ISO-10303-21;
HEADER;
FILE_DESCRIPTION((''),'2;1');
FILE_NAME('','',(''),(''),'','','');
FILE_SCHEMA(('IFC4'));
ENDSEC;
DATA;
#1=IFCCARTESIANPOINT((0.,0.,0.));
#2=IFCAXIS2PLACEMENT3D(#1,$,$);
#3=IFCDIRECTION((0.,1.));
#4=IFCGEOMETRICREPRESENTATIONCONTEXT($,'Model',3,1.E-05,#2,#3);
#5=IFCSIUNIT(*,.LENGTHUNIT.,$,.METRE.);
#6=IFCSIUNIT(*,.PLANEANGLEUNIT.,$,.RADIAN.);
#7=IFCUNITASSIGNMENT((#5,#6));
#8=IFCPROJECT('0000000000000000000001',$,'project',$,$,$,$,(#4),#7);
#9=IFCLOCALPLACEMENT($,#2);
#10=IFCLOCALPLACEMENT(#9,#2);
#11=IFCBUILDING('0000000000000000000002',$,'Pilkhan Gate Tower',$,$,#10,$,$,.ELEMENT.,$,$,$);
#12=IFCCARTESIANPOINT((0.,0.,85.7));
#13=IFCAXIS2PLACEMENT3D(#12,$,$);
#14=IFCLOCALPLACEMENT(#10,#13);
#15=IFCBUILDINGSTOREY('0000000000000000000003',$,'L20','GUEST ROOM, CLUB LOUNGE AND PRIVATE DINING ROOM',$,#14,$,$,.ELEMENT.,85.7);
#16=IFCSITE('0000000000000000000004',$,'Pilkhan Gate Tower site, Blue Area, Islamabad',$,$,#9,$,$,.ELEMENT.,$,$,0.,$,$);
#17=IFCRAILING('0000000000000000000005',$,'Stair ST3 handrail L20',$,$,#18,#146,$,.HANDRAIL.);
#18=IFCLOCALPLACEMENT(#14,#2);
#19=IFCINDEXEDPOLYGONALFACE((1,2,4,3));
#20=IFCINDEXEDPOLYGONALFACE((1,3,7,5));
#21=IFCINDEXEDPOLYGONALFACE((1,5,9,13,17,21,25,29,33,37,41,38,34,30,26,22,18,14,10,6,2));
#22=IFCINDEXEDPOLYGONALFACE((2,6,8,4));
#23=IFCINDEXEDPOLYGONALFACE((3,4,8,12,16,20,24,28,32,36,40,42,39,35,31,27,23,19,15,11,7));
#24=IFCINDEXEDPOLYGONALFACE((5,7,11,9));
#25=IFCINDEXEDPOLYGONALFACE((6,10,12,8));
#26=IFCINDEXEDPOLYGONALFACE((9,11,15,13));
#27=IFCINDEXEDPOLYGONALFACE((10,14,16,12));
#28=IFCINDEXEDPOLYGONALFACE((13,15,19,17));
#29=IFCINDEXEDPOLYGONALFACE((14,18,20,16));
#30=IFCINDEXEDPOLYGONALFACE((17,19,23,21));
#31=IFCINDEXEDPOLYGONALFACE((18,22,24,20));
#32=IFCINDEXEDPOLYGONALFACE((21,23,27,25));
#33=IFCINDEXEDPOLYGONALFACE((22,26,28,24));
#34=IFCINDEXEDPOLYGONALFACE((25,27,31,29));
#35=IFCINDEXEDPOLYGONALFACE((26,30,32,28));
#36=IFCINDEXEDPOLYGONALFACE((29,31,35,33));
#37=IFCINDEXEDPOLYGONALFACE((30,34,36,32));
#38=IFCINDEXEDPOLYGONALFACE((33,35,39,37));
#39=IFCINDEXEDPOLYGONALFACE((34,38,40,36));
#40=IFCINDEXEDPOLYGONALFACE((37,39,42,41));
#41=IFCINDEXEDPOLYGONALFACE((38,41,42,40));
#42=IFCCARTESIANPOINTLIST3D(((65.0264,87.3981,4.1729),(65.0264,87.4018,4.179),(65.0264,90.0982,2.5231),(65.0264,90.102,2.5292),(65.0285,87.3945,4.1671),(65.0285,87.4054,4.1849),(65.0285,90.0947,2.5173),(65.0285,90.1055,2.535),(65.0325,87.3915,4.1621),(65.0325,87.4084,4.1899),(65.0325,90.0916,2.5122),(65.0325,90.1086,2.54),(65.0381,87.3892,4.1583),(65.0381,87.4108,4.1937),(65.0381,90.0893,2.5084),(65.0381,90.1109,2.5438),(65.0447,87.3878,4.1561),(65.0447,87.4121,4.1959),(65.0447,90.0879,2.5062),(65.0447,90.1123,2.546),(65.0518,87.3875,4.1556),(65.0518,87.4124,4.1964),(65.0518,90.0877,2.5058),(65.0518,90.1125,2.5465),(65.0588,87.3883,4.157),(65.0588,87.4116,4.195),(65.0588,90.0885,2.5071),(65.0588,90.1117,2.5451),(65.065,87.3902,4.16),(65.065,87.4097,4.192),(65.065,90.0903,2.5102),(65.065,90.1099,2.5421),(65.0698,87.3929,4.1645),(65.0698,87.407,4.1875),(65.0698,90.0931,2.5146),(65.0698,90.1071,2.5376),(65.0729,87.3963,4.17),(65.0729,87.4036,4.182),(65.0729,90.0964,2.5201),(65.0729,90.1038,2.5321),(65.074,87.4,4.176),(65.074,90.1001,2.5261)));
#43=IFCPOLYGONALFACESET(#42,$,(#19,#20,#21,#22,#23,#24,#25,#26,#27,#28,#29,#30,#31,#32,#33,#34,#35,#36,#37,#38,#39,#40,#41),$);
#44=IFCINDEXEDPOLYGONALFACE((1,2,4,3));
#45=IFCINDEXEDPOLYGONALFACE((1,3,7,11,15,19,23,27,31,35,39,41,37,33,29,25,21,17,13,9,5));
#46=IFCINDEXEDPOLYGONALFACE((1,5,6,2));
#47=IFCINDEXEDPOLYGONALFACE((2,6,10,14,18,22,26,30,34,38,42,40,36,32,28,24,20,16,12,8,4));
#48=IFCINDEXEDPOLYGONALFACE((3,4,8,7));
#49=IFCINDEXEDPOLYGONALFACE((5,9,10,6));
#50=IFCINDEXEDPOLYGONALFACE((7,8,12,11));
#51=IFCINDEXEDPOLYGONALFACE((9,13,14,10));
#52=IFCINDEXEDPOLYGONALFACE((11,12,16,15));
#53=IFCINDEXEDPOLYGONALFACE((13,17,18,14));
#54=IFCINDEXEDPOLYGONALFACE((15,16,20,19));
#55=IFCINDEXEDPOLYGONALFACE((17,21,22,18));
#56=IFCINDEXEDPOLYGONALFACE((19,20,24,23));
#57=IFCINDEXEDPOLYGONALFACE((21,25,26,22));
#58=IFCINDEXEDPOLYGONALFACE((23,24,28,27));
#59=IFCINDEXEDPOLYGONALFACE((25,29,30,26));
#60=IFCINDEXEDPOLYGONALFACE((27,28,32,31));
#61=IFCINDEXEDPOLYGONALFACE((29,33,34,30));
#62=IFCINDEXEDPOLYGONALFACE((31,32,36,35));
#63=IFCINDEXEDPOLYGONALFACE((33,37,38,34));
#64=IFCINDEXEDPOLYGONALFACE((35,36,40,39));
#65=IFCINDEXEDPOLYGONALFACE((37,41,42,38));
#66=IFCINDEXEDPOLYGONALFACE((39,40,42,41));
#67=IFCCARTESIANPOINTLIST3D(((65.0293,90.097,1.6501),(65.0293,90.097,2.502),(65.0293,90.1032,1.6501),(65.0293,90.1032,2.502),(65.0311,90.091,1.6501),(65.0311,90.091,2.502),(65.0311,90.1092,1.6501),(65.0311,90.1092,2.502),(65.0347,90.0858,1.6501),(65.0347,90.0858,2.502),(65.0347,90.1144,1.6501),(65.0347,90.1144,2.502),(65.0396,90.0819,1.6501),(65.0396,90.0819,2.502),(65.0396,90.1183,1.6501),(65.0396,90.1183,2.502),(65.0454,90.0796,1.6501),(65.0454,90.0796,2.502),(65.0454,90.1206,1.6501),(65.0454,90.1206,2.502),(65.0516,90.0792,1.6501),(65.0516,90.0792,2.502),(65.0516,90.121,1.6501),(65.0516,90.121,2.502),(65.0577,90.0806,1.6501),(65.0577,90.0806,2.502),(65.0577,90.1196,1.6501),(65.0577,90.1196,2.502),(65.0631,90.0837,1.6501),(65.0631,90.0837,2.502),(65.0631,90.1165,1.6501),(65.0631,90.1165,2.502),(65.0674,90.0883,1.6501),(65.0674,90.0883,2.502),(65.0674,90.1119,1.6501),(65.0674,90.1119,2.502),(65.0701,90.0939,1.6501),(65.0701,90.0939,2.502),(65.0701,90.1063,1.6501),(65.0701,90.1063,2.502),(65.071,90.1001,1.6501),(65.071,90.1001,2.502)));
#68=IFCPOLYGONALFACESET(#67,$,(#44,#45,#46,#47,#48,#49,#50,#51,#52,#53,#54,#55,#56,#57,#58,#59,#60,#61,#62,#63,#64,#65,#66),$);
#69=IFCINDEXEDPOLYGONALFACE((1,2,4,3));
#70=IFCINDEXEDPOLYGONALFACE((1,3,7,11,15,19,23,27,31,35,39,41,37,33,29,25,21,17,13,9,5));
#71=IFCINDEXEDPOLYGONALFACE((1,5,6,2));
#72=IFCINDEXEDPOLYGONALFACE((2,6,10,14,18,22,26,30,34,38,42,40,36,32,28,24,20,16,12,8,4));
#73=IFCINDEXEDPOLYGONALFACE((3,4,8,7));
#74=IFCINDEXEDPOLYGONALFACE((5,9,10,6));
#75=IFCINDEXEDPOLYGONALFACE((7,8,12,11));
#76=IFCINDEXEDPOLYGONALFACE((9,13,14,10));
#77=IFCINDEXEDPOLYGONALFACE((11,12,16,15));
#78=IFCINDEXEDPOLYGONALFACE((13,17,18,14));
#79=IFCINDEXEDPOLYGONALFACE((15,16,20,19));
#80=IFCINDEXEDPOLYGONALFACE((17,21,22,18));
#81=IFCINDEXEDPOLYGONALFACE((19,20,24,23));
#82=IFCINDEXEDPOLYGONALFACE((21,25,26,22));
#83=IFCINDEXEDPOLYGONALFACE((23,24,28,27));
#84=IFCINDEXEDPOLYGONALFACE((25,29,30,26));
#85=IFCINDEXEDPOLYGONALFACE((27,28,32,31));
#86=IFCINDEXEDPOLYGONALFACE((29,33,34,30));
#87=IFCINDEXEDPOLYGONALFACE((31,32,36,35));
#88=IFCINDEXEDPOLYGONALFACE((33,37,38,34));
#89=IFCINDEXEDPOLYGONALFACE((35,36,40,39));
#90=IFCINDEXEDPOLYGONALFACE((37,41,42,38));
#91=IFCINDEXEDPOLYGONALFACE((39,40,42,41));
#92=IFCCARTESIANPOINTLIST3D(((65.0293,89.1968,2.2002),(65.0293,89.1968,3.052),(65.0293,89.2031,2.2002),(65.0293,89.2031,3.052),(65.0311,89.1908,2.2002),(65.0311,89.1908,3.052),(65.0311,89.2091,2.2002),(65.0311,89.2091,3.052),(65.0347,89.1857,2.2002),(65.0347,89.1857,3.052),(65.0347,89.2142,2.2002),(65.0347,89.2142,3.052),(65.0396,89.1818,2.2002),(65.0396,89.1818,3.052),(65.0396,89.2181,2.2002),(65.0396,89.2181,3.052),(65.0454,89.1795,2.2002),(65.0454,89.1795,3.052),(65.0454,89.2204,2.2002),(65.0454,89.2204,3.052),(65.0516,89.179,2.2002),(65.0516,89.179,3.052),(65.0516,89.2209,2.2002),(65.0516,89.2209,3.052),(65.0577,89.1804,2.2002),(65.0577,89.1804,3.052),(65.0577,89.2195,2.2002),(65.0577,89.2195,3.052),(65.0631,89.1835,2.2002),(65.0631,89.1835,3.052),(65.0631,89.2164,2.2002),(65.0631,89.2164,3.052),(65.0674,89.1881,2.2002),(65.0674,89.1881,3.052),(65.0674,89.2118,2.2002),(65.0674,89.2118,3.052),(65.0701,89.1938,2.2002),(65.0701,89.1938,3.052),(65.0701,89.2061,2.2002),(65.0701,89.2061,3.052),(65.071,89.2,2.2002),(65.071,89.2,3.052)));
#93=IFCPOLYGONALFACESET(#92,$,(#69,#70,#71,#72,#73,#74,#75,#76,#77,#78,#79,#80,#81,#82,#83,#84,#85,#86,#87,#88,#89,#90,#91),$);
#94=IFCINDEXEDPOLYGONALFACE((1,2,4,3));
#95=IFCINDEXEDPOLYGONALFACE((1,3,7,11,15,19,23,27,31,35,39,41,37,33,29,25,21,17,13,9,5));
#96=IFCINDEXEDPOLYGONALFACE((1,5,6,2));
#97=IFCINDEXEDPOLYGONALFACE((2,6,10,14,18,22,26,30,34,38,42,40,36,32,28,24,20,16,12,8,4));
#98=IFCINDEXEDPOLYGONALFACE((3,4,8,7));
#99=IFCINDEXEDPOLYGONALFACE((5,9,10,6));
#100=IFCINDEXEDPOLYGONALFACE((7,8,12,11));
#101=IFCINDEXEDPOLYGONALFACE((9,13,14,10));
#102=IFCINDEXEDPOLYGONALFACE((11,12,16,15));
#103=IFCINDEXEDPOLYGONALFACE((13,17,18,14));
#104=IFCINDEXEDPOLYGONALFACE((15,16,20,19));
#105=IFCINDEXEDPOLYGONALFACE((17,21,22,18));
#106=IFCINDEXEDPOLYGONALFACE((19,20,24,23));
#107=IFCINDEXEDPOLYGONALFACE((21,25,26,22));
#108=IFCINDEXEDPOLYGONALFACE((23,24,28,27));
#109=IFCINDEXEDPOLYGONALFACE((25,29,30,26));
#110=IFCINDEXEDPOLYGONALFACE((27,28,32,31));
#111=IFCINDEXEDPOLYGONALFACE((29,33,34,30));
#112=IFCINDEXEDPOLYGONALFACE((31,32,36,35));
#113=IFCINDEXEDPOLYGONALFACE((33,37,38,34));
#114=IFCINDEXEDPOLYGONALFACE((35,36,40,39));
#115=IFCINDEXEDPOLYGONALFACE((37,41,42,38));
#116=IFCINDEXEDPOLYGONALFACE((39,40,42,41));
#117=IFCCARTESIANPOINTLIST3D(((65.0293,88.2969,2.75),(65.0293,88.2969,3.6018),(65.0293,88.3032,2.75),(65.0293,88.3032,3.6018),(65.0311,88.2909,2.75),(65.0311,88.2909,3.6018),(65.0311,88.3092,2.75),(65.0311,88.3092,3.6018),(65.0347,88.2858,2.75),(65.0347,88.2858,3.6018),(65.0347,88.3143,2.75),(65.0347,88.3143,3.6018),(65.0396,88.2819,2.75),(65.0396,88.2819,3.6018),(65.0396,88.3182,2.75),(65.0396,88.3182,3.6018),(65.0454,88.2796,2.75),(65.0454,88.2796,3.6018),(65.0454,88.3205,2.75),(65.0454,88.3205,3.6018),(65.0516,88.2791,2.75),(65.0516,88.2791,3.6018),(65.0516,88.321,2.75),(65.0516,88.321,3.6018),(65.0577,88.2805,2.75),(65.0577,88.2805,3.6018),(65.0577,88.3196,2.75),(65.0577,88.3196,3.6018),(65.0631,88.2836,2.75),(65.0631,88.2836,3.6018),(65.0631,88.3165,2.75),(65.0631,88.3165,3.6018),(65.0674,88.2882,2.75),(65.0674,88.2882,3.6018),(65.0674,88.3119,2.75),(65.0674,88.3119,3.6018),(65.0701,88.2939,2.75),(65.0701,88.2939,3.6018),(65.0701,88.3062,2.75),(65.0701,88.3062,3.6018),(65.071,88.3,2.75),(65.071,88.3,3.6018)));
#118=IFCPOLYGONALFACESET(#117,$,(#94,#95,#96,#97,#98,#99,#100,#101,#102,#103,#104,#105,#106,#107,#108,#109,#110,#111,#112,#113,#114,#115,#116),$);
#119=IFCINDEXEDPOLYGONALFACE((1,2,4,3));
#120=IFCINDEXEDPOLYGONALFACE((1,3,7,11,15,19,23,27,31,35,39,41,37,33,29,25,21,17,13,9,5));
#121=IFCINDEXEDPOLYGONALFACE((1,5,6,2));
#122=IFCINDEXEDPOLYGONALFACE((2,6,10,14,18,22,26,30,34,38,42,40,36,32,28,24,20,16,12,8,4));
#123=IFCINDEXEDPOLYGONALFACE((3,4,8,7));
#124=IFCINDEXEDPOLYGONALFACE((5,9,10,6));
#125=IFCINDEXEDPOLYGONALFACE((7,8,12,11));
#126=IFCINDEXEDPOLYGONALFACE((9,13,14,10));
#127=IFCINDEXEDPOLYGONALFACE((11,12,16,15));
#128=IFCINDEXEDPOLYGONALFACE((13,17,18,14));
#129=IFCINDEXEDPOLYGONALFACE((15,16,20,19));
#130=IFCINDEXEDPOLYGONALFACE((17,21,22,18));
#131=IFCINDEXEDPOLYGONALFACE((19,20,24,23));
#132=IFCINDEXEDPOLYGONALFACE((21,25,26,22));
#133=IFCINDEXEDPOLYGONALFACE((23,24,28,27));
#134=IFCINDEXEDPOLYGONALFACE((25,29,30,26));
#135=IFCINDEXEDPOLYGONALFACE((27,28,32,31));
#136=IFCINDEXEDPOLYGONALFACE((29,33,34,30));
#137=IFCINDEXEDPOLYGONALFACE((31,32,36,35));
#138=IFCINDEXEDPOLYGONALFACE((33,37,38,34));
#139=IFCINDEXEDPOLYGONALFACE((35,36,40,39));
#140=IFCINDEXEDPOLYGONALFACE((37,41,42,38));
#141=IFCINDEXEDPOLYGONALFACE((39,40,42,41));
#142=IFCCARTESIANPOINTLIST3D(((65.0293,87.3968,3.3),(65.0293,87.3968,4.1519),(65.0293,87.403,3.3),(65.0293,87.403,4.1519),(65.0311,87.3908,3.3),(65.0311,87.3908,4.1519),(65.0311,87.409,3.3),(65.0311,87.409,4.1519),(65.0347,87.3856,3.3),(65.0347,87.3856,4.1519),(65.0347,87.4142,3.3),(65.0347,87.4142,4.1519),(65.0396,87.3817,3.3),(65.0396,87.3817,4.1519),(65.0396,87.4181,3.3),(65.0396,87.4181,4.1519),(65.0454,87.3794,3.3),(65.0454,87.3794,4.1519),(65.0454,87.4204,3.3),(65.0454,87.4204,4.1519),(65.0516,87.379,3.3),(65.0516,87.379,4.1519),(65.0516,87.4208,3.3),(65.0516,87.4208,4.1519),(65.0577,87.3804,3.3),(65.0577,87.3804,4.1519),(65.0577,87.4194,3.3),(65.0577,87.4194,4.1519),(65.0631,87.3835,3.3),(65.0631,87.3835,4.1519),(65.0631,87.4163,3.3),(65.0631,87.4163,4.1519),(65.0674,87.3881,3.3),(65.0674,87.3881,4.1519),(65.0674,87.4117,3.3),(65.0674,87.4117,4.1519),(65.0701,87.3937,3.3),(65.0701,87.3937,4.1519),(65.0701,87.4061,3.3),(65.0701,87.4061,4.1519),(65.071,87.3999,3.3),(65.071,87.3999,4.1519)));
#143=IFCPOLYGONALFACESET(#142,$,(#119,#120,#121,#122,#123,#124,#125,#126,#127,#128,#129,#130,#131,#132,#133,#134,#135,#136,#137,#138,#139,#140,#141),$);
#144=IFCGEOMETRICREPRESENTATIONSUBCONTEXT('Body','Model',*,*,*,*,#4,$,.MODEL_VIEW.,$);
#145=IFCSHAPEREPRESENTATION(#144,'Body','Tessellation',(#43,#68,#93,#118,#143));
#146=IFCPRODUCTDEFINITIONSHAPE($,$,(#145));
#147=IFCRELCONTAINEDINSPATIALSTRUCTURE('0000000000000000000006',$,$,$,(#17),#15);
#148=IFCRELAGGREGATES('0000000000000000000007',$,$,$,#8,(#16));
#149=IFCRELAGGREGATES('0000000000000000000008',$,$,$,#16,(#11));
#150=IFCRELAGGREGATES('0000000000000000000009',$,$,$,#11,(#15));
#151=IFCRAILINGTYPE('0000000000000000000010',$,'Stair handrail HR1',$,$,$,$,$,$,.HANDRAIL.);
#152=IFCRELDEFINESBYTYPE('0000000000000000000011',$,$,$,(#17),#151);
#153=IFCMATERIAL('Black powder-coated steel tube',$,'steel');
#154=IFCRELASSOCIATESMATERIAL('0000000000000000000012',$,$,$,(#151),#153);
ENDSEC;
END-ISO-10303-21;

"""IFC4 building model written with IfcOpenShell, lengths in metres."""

from ifc_helpers import new_model, si_unit, direction, frame, origin, origin_2d, place, context, subcontext, project, spatial, circle, extrude, material, type_object, element, save


model = new_model("IFC4")

# Units and contexts
model_context = context("Model", 3, precision=1e-05, world=origin(), true_north=direction((0.0, 1.0)))
body_context = subcontext(model_context, "Body", "Model", "MODEL_VIEW")
ifc_project = project(units=[si_unit("LENGTHUNIT", "METRE"), si_unit("PLANEANGLEUNIT", "RADIAN")], contexts=[model_context])

# Site, building, storey
site_placement = place(None, origin())
site = spatial("IfcSite", under=ifc_project, at=site_placement, Name="Pilkhan Gate Tower site, Blue Area, Islamabad", CompositionType="ELEMENT", RefElevation=0.0)
building_placement = place(site_placement, origin())
building = spatial("IfcBuilding", under=site, at=building_placement, Name="Pilkhan Gate Tower", CompositionType="ELEMENT")
storey_placement = place(building_placement, frame((0.0, 0.0, 85.7)))
storey = spatial("IfcBuildingStorey", under=building, at=storey_placement, Name="L20", Description="GUEST ROOM, CLUB LOUNGE AND PRIVATE DINING ROOM", CompositionType="ELEMENT", Elevation=85.7)

# Railing
ifc_material_1 = material(Name="Black powder-coated steel tube", Category="steel")
railing_type = type_object("IfcRailingType", Name="Stair handrail HR1", PredefinedType="HANDRAIL", material=ifc_material_1)
railing_placement = place(storey_placement, frame((65.05, 90.1001, 1.6501)))
element("IfcRailing", 1, at=railing_placement, inside=storey, type_object=railing_type, Name="Stair ST3 handrail L20", PredefinedType="HANDRAIL", context=body_context, shape_type="SweptSolid", body=[
    extrude(circle(Radius=0.0239, at=origin_2d()), frame((0.0, 0.0, 0.876), z_axis=(0.0, -0.853312, 0.5214), x_axis=(1.0, 0.0, 0.0)), (0.0, 0.0, 1.0), 3.1643),
    extrude(circle(Radius=0.021, at=origin_2d()), origin(), (0.0, 0.0, 1.0), 0.8518),
    extrude(circle(Radius=0.021, at=origin_2d()), frame((0.0, -0.9001, 0.55)), (0.0, 0.0, 1.0), 0.8518),
    extrude(circle(Radius=0.021, at=origin_2d()), frame((0.0, -1.8, 1.0999)), (0.0, 0.0, 1.0), 0.8518),
    extrude(circle(Radius=0.021, at=origin_2d()), frame((0.0, -2.7002, 1.6499)), (0.0, 0.0, 1.0), 0.8518),
])

save(model, "model.ifc")
